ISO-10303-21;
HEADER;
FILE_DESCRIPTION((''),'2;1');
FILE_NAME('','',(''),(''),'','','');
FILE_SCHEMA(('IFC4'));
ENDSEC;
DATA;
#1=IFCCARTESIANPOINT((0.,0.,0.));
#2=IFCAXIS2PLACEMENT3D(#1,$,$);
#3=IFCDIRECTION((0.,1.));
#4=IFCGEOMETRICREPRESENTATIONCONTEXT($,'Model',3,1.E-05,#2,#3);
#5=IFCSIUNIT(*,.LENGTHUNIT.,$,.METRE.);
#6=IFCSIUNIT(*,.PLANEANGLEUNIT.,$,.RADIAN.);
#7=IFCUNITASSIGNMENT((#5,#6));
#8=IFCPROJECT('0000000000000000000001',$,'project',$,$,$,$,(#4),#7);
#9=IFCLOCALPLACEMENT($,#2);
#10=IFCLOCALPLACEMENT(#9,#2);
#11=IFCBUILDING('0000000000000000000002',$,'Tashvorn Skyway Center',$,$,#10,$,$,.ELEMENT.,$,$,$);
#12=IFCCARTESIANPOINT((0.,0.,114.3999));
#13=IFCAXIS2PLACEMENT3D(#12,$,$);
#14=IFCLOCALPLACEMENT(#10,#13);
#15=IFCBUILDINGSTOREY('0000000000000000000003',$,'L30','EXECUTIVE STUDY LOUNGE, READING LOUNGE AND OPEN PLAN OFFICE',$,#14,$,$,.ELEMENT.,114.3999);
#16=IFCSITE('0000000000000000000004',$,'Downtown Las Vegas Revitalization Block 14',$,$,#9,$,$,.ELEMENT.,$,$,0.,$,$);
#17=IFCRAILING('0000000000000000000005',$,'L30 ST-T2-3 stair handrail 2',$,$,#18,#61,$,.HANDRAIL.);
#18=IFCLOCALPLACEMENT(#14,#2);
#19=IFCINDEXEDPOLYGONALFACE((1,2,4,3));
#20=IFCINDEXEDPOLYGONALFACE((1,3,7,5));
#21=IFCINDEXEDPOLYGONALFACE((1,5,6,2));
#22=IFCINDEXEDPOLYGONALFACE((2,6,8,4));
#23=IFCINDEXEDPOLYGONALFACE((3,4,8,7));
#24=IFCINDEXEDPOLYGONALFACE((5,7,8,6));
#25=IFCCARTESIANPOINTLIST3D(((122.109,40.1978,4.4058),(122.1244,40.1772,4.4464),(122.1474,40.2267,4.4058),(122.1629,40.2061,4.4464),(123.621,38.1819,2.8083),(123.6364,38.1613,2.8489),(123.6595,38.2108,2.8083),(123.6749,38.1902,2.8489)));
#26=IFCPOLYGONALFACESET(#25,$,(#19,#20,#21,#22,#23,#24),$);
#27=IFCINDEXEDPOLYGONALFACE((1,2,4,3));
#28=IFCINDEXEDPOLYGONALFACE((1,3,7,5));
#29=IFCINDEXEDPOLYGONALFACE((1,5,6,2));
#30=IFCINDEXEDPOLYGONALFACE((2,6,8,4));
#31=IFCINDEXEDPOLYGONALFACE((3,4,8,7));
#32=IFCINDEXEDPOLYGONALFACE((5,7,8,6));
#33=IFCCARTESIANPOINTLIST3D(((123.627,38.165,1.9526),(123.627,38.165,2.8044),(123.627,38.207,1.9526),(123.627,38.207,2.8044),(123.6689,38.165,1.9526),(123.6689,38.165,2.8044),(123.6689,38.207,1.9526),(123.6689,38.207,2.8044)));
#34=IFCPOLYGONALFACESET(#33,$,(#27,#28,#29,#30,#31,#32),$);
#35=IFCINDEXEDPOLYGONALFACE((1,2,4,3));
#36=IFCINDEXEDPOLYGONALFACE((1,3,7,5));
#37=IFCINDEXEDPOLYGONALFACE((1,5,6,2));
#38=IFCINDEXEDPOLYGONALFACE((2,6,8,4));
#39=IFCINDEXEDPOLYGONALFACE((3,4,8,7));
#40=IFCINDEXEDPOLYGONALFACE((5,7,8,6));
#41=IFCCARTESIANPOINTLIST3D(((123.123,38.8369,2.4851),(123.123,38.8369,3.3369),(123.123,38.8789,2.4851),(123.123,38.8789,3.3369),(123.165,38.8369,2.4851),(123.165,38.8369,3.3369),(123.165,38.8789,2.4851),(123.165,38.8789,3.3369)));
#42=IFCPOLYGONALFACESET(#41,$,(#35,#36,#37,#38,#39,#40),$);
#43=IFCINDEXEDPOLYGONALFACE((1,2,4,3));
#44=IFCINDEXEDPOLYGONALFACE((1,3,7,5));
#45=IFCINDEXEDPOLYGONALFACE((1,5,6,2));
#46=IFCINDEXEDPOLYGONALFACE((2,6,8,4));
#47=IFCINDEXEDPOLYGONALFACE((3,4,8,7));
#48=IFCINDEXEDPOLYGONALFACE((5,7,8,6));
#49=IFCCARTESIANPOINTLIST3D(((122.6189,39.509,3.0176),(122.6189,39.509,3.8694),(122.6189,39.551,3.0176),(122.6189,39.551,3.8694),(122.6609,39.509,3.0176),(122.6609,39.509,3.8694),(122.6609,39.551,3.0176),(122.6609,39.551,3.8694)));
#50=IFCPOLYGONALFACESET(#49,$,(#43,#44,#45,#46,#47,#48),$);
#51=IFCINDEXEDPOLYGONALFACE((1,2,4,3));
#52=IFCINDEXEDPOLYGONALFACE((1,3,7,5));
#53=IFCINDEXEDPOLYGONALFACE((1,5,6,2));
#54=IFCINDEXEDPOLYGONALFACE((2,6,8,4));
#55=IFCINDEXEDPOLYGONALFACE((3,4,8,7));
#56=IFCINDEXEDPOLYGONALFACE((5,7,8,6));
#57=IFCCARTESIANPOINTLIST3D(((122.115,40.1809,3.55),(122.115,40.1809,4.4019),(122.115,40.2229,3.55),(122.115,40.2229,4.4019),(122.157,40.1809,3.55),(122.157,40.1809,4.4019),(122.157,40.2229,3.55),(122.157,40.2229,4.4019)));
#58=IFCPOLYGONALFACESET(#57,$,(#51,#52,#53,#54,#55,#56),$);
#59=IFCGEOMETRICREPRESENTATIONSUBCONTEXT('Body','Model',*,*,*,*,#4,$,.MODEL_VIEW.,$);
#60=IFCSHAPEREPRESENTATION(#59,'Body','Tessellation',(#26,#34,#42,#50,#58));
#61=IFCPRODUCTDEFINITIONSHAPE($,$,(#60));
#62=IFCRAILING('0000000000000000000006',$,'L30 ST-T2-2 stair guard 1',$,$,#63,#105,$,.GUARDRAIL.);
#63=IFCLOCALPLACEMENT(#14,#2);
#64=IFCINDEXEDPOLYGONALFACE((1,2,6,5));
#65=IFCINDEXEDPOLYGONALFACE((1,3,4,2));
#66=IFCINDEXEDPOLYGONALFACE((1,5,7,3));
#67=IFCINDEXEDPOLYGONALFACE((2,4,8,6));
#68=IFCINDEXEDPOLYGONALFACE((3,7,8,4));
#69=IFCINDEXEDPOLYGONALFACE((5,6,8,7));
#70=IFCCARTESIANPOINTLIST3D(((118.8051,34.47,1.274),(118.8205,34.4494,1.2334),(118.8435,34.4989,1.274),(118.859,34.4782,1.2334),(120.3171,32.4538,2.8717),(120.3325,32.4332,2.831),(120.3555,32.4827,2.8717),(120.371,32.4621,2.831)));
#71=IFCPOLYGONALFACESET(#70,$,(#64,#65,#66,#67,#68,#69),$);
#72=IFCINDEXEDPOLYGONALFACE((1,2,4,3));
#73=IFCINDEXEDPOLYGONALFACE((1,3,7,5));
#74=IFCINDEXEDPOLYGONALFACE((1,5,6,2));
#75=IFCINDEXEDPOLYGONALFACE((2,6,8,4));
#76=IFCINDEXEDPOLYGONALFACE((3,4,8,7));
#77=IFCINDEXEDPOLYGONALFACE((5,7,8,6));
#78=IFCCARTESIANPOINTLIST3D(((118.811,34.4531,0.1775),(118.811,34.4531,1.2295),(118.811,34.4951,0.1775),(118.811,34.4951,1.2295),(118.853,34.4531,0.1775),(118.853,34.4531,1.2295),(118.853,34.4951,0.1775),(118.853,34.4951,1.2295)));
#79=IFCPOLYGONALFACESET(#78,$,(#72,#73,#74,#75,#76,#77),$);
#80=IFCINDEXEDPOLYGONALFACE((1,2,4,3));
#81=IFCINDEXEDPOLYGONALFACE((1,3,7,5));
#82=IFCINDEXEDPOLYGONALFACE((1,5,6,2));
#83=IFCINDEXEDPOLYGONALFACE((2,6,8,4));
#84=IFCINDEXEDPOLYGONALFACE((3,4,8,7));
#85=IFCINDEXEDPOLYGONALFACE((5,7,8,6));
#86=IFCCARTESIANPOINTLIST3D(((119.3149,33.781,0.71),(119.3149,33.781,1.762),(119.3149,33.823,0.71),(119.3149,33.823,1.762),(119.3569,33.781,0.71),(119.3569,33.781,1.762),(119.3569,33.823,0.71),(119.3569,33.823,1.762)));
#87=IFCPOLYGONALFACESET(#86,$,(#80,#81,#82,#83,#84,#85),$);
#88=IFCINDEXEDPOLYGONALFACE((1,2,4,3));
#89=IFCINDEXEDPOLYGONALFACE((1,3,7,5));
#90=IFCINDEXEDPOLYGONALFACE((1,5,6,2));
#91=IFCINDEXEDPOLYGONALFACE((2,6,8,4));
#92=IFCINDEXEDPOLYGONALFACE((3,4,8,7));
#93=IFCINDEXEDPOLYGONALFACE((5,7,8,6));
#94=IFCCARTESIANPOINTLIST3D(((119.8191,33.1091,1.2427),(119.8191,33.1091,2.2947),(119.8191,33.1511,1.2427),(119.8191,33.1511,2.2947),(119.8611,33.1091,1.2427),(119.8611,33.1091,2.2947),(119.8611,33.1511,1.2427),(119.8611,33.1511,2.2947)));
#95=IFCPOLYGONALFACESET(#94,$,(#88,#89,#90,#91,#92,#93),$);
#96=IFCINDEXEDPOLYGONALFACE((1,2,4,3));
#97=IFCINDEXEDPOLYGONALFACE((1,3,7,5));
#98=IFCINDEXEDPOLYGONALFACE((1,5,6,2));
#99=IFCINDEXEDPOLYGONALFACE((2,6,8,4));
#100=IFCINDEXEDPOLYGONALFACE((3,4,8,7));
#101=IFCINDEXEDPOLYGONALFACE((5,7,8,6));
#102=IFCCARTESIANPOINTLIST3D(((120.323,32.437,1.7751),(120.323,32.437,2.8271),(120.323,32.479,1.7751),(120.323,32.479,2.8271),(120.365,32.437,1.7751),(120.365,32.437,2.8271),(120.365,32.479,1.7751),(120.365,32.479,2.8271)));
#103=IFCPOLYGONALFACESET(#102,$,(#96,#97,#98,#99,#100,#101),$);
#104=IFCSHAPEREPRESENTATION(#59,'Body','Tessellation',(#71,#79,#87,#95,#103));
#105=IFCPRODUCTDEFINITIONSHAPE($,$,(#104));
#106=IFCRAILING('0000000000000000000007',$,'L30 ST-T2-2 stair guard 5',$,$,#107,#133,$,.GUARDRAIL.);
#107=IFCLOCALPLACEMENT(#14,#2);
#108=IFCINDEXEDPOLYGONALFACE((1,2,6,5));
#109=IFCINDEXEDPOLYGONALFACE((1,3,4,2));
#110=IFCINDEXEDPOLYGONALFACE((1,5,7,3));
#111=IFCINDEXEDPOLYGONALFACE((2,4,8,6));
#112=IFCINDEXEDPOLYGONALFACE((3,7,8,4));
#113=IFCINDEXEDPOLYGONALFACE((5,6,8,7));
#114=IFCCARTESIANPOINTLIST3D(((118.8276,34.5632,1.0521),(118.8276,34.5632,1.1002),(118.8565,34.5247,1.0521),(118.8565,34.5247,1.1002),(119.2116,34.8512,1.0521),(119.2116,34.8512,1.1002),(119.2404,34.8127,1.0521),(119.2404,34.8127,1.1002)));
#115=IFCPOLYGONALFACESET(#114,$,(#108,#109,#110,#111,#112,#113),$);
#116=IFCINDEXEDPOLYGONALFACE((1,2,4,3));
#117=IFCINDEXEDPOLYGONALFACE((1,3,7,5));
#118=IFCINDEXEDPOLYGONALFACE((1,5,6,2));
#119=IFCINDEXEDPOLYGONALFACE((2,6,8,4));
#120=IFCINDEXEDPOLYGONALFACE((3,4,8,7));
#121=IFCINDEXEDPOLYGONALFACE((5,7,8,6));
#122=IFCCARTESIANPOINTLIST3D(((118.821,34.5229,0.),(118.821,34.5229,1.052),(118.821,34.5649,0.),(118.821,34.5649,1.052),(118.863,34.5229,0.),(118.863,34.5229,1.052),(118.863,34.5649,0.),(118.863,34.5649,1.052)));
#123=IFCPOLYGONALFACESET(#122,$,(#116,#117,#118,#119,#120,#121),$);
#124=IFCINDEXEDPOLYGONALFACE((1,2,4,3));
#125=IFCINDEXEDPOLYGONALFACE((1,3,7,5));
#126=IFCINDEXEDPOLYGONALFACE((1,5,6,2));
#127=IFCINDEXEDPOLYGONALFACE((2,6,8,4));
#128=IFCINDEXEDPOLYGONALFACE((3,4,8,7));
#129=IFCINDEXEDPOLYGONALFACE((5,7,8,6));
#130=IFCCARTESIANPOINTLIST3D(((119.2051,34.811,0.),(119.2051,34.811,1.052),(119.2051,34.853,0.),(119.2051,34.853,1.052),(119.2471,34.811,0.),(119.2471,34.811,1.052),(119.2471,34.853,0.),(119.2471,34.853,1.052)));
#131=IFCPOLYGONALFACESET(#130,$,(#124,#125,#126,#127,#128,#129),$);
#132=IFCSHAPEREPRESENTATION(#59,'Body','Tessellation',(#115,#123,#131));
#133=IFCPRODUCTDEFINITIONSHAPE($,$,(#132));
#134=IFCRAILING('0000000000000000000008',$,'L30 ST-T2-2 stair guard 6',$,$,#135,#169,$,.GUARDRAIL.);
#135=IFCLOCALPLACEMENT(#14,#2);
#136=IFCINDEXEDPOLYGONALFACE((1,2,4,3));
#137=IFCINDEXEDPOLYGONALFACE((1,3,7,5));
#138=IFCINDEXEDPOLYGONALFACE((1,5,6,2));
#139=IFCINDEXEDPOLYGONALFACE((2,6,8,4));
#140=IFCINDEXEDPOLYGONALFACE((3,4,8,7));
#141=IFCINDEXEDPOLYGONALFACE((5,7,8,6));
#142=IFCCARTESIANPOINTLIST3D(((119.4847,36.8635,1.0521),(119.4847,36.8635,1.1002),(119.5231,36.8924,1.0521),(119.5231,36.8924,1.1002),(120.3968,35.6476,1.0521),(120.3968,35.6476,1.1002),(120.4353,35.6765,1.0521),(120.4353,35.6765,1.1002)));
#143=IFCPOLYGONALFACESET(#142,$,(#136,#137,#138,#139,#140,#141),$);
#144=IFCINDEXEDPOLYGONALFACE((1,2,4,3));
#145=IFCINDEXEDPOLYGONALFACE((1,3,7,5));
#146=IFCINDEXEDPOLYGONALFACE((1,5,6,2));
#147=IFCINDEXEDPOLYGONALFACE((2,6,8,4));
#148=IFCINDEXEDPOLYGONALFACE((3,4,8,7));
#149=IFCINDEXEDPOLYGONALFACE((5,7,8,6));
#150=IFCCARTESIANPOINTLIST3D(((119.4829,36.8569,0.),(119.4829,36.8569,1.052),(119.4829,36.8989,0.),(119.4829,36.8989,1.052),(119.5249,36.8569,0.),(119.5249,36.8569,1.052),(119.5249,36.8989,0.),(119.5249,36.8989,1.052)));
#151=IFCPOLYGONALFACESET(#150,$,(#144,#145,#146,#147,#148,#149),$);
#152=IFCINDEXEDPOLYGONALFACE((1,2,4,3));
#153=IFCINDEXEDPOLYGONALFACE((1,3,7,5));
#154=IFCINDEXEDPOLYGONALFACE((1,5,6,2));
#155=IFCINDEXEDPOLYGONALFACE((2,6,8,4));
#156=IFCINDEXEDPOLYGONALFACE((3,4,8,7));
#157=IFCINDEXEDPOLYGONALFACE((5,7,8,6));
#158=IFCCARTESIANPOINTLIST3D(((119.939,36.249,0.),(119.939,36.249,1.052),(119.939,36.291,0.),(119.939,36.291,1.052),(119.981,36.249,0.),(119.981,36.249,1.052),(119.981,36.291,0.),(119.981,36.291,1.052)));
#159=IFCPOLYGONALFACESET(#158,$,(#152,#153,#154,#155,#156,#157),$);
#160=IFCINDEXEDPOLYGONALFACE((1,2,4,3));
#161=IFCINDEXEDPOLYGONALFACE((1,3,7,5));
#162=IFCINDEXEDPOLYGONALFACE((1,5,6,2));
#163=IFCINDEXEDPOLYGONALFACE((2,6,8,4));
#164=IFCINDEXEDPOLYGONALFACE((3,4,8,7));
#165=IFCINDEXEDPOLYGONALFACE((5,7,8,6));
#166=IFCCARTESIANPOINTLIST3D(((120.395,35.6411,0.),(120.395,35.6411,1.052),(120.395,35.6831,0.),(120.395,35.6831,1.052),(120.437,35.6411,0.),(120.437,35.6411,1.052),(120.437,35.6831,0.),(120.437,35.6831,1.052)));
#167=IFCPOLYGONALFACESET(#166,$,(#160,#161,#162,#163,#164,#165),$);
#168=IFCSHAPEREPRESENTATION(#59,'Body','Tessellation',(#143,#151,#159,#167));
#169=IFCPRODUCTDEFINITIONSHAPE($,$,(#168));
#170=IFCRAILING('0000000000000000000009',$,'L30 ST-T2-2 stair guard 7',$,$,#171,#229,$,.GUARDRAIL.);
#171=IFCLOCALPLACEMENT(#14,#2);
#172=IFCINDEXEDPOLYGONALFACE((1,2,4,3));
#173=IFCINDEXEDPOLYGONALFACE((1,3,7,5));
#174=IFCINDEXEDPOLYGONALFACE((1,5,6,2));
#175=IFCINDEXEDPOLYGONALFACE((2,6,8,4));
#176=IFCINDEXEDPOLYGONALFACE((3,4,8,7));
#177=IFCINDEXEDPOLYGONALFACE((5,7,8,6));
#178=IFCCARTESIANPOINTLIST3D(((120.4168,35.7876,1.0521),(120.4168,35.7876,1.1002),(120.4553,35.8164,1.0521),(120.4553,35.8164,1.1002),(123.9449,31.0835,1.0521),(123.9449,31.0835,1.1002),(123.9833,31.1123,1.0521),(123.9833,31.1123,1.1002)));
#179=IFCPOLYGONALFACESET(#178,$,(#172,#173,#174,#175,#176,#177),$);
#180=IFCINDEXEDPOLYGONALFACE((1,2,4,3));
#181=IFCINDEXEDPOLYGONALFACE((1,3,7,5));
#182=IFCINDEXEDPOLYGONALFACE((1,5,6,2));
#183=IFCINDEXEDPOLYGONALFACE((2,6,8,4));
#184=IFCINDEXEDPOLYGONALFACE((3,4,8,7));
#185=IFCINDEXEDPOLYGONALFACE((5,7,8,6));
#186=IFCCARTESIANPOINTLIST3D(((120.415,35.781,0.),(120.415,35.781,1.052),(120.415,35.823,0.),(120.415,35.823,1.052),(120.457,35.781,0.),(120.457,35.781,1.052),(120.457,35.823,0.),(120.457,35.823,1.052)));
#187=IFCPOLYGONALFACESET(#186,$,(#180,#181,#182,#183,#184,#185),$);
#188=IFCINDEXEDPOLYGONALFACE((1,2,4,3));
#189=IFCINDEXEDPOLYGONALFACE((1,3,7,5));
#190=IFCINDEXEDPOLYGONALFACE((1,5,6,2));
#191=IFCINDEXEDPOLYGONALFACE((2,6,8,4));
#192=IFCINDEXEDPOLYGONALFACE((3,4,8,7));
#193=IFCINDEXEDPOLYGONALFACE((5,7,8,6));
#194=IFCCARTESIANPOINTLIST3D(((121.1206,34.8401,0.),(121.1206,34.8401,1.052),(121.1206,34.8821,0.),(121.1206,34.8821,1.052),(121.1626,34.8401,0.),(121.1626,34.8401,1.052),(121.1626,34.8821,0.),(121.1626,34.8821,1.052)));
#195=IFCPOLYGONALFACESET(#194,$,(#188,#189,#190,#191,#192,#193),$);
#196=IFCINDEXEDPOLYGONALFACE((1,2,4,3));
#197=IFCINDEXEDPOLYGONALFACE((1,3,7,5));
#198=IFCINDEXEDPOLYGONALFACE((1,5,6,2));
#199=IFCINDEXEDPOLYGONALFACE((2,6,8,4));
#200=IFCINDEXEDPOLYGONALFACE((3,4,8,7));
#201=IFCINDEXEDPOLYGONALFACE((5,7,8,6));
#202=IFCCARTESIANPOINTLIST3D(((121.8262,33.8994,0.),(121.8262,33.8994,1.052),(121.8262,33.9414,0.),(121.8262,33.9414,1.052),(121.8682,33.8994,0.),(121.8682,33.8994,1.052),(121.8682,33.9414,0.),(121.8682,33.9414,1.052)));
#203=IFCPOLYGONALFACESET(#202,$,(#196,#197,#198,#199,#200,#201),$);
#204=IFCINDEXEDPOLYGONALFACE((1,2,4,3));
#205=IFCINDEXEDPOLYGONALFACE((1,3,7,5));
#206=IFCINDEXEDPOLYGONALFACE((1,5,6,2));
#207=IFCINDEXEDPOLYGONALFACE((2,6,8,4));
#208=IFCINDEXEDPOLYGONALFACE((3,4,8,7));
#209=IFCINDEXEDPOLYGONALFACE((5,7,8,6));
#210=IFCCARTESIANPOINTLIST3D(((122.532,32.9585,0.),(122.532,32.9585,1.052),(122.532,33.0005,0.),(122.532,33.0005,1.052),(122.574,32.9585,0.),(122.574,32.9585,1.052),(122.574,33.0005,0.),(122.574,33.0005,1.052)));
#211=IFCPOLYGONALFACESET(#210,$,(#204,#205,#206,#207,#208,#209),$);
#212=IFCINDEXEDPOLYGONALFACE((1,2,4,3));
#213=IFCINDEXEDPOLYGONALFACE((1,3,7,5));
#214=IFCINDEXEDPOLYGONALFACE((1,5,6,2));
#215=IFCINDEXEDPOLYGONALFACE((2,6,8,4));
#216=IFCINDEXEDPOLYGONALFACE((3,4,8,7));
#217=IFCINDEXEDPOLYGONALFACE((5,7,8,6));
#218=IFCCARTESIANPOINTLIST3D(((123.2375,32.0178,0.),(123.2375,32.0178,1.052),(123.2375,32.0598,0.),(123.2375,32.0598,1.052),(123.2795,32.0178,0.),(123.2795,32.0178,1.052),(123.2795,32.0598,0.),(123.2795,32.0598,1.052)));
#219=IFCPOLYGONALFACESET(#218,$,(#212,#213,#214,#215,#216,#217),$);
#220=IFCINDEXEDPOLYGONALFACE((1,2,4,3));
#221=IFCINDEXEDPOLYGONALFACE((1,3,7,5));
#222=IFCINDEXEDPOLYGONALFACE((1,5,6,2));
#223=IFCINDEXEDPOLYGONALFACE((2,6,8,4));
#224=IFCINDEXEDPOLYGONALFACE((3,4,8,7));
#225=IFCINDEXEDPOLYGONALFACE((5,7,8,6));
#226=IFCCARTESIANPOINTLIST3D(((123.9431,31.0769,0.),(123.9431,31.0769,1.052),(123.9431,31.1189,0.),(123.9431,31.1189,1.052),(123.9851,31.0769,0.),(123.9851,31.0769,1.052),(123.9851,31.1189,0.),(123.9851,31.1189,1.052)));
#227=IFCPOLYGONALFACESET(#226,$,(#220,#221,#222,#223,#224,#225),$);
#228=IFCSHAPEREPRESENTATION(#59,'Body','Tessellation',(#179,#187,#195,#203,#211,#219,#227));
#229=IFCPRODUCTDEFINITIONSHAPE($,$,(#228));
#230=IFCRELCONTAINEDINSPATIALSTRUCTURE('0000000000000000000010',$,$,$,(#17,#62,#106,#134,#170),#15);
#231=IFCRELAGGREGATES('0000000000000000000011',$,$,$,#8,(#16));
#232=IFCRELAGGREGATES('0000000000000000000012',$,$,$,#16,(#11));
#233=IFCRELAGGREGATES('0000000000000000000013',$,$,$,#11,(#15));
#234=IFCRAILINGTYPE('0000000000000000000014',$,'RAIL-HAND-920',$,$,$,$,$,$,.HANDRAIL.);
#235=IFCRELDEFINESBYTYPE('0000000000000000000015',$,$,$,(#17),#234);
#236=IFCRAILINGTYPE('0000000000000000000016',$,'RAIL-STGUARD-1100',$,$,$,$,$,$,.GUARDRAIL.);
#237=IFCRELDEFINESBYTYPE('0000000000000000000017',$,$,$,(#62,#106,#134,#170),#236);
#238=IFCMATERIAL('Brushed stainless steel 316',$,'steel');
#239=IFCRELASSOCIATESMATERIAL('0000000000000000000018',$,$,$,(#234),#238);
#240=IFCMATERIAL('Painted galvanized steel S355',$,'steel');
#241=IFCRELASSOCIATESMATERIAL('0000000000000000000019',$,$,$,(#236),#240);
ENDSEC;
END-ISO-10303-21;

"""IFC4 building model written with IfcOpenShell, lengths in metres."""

from ifc_helpers import new_model, si_unit, direction, frame, origin, origin_2d, place, context, subcontext, project, spatial, rectangle, extrude, material, type_object, element, save


model = new_model("IFC4")

# Units and contexts
model_context = context("Model", 3, precision=1e-05, world=origin(), true_north=direction((0.0, 1.0)))
body_context = subcontext(model_context, "Body", "Model", "MODEL_VIEW")
ifc_project = project(units=[si_unit("LENGTHUNIT", "METRE"), si_unit("PLANEANGLEUNIT", "RADIAN")], contexts=[model_context])

# Site, building, storey
site_placement = place(None, origin())
site = spatial("IfcSite", under=ifc_project, at=site_placement, Name="Downtown Las Vegas Revitalization Block 14", CompositionType="ELEMENT", RefElevation=0.0)
building_placement = place(site_placement, origin())
building = spatial("IfcBuilding", under=site, at=building_placement, Name="Tashvorn Skyway Center", CompositionType="ELEMENT")
storey_placement = place(building_placement, frame((0.0, 0.0, 114.3999)))
storey = spatial("IfcBuildingStorey", under=building, at=storey_placement, Name="L30", Description="EXECUTIVE STUDY LOUNGE, READING LOUNGE AND OPEN PLAN OFFICE", CompositionType="ELEMENT", Elevation=114.3999)

# Railings
ifc_material_1 = material(Name="Brushed stainless steel 316", Category="steel")
railing_type_1 = type_object("IfcRailingType", Name="RAIL-HAND-920", PredefinedType="HANDRAIL", material=ifc_material_1)
railing_1_placement = place(storey_placement, frame((123.6479, 38.186, 1.9526)))
element("IfcRailing", 1, at=railing_1_placement, inside=storey, type_object=railing_type_1, Name="L30 ST-T2-3 stair handrail 2", PredefinedType="HANDRAIL", context=body_context, shape_type="SweptSolid", body=[
    extrude(rectangle(XDim=0.0481, YDim=0.0481, at=origin_2d()), frame((0.0, 0.0, 0.876), z_axis=(-0.506769, 0.675664, 0.535409), x_axis=(-0.799988, -0.600016, 0.0)), (0.0, 0.0, 1.0), 2.9836),
    extrude(rectangle(XDim=0.042, YDim=0.042, at=origin_2d()), origin(), (0.0, 0.0, 1.0), 0.8518),
    extrude(rectangle(XDim=0.042, YDim=0.042, at=origin_2d()), frame((-0.5039, 0.6719, 0.5325)), (0.0, 0.0, 1.0), 0.8518),
    extrude(rectangle(XDim=0.042, YDim=0.042, at=origin_2d()), frame((-1.0081, 1.344, 1.0649)), (0.0, 0.0, 1.0), 0.8518),
    extrude(rectangle(XDim=0.042, YDim=0.042, at=origin_2d()), frame((-1.512, 2.0159, 1.5974)), (0.0, 0.0, 1.0), 0.8518),
])
ifc_material_2 = material(Name="Painted galvanized steel S355", Category="steel")
railing_type_2 = type_object("IfcRailingType", Name="RAIL-STGUARD-1100", PredefinedType="GUARDRAIL", material=ifc_material_2)
railing_2_placement = place(storey_placement, frame((118.832, 34.4741, 0.1775)))
element("IfcRailing", 2, at=railing_2_placement, inside=storey, type_object=railing_type_2, Name="L30 ST-T2-2 stair guard 1", PredefinedType="GUARDRAIL", context=body_context, shape_type="SweptSolid", body=[
    extrude(rectangle(XDim=0.0481, YDim=0.0481, at=origin_2d()), frame((0.0, 0.0, 1.0762), z_axis=(0.506719, -0.675679, 0.535438), x_axis=(0.800023, 0.599969, 0.0)), (0.0, 0.0, 1.0), 2.9839),
    extrude(rectangle(XDim=0.042, YDim=0.042, at=origin_2d()), origin(), (0.0, 0.0, 1.0), 1.052),
    extrude(rectangle(XDim=0.042, YDim=0.042, at=origin_2d()), frame((0.5039, -0.6721, 0.5325)), (0.0, 0.0, 1.0), 1.052),
    extrude(rectangle(XDim=0.042, YDim=0.042, at=origin_2d()), frame((1.0081, -1.344, 1.0652)), (0.0, 0.0, 1.0), 1.052),
    extrude(rectangle(XDim=0.042, YDim=0.042, at=origin_2d()), frame((1.512, -2.0161, 1.5977)), (0.0, 0.0, 1.0), 1.052),
])
railing_3_placement = place(storey_placement, frame((118.842, 34.5439, 0.0)))
element("IfcRailing", 3, at=railing_3_placement, inside=storey, type_object=railing_type_2, Name="L30 ST-T2-2 stair guard 5", PredefinedType="GUARDRAIL", context=body_context, shape_type="SweptSolid", body=[
    extrude(rectangle(XDim=0.0481, YDim=0.0481, at=origin_2d()), frame((0.0, 0.0, 1.0762), z_axis=(0.799939, 0.600081, 0.0), x_axis=(-0.600081, 0.799939, 0.0)), (0.0, 0.0, 1.0), 0.48),
    extrude(rectangle(XDim=0.042, YDim=0.042, at=origin_2d()), origin(), (0.0, 0.0, 1.0), 1.052),
    extrude(rectangle(XDim=0.042, YDim=0.042, at=origin_2d()), frame((0.384, 0.2881, 0.0)), (0.0, 0.0, 1.0), 1.052),
])
railing_4_placement = place(storey_placement, frame((119.5039, 36.8779, 0.0)))
element("IfcRailing", 4, at=railing_4_placement, inside=storey, type_object=railing_type_2, Name="L30 ST-T2-2 stair guard 6", PredefinedType="GUARDRAIL", context=body_context, shape_type="SweptSolid", body=[
    extrude(rectangle(XDim=0.0481, YDim=0.0481, at=origin_2d()), frame((0.0, 0.0, 1.0762), z_axis=(0.600103, -0.799923, 0.0), x_axis=(0.799923, 0.600103, 0.0)), (0.0, 0.0, 1.0), 1.52),
    extrude(rectangle(XDim=0.042, YDim=0.042, at=origin_2d()), origin(), (0.0, 0.0, 1.0), 1.052),
    extrude(rectangle(XDim=0.042, YDim=0.042, at=origin_2d()), frame((0.4561, -0.6079, 0.0)), (0.0, 0.0, 1.0), 1.052),
    extrude(rectangle(XDim=0.042, YDim=0.042, at=origin_2d()), frame((0.9121, -1.2158, 0.0)), (0.0, 0.0, 1.0), 1.052),
])
railing_5_placement = place(storey_placement, frame((120.436, 35.802, 0.0)))
element("IfcRailing", 5, at=railing_5_placement, inside=storey, type_object=railing_type_2, Name="L30 ST-T2-2 stair guard 7", PredefinedType="GUARDRAIL", context=body_context, shape_type="SweptSolid", body=[
    extrude(rectangle(XDim=0.0481, YDim=0.0481, at=origin_2d()), frame((0.0, 0.0, 1.0762), z_axis=(0.6, -0.8, 0.0), x_axis=(0.8, 0.6, 0.0)), (0.0, 0.0, 1.0), 5.8801),
    extrude(rectangle(XDim=0.042, YDim=0.042, at=origin_2d()), origin(), (0.0, 0.0, 1.0), 1.052),
    extrude(rectangle(XDim=0.042, YDim=0.042, at=origin_2d()), frame((0.7056, -0.9409, 0.0)), (0.0, 0.0, 1.0), 1.052),
    extrude(rectangle(XDim=0.042, YDim=0.042, at=origin_2d()), frame((1.4111, -1.8816, 0.0)), (0.0, 0.0, 1.0), 1.052),
    extrude(rectangle(XDim=0.042, YDim=0.042, at=origin_2d()), frame((2.1169, -2.8225, 0.0)), (0.0, 0.0, 1.0), 1.052),
    extrude(rectangle(XDim=0.042, YDim=0.042, at=origin_2d()), frame((2.8225, -3.7632, 0.0)), (0.0, 0.0, 1.0), 1.052),
    extrude(rectangle(XDim=0.042, YDim=0.042, at=origin_2d()), frame((3.5281, -4.7041, 0.0)), (0.0, 0.0, 1.0), 1.052),
])

save(model, "model.ifc")
